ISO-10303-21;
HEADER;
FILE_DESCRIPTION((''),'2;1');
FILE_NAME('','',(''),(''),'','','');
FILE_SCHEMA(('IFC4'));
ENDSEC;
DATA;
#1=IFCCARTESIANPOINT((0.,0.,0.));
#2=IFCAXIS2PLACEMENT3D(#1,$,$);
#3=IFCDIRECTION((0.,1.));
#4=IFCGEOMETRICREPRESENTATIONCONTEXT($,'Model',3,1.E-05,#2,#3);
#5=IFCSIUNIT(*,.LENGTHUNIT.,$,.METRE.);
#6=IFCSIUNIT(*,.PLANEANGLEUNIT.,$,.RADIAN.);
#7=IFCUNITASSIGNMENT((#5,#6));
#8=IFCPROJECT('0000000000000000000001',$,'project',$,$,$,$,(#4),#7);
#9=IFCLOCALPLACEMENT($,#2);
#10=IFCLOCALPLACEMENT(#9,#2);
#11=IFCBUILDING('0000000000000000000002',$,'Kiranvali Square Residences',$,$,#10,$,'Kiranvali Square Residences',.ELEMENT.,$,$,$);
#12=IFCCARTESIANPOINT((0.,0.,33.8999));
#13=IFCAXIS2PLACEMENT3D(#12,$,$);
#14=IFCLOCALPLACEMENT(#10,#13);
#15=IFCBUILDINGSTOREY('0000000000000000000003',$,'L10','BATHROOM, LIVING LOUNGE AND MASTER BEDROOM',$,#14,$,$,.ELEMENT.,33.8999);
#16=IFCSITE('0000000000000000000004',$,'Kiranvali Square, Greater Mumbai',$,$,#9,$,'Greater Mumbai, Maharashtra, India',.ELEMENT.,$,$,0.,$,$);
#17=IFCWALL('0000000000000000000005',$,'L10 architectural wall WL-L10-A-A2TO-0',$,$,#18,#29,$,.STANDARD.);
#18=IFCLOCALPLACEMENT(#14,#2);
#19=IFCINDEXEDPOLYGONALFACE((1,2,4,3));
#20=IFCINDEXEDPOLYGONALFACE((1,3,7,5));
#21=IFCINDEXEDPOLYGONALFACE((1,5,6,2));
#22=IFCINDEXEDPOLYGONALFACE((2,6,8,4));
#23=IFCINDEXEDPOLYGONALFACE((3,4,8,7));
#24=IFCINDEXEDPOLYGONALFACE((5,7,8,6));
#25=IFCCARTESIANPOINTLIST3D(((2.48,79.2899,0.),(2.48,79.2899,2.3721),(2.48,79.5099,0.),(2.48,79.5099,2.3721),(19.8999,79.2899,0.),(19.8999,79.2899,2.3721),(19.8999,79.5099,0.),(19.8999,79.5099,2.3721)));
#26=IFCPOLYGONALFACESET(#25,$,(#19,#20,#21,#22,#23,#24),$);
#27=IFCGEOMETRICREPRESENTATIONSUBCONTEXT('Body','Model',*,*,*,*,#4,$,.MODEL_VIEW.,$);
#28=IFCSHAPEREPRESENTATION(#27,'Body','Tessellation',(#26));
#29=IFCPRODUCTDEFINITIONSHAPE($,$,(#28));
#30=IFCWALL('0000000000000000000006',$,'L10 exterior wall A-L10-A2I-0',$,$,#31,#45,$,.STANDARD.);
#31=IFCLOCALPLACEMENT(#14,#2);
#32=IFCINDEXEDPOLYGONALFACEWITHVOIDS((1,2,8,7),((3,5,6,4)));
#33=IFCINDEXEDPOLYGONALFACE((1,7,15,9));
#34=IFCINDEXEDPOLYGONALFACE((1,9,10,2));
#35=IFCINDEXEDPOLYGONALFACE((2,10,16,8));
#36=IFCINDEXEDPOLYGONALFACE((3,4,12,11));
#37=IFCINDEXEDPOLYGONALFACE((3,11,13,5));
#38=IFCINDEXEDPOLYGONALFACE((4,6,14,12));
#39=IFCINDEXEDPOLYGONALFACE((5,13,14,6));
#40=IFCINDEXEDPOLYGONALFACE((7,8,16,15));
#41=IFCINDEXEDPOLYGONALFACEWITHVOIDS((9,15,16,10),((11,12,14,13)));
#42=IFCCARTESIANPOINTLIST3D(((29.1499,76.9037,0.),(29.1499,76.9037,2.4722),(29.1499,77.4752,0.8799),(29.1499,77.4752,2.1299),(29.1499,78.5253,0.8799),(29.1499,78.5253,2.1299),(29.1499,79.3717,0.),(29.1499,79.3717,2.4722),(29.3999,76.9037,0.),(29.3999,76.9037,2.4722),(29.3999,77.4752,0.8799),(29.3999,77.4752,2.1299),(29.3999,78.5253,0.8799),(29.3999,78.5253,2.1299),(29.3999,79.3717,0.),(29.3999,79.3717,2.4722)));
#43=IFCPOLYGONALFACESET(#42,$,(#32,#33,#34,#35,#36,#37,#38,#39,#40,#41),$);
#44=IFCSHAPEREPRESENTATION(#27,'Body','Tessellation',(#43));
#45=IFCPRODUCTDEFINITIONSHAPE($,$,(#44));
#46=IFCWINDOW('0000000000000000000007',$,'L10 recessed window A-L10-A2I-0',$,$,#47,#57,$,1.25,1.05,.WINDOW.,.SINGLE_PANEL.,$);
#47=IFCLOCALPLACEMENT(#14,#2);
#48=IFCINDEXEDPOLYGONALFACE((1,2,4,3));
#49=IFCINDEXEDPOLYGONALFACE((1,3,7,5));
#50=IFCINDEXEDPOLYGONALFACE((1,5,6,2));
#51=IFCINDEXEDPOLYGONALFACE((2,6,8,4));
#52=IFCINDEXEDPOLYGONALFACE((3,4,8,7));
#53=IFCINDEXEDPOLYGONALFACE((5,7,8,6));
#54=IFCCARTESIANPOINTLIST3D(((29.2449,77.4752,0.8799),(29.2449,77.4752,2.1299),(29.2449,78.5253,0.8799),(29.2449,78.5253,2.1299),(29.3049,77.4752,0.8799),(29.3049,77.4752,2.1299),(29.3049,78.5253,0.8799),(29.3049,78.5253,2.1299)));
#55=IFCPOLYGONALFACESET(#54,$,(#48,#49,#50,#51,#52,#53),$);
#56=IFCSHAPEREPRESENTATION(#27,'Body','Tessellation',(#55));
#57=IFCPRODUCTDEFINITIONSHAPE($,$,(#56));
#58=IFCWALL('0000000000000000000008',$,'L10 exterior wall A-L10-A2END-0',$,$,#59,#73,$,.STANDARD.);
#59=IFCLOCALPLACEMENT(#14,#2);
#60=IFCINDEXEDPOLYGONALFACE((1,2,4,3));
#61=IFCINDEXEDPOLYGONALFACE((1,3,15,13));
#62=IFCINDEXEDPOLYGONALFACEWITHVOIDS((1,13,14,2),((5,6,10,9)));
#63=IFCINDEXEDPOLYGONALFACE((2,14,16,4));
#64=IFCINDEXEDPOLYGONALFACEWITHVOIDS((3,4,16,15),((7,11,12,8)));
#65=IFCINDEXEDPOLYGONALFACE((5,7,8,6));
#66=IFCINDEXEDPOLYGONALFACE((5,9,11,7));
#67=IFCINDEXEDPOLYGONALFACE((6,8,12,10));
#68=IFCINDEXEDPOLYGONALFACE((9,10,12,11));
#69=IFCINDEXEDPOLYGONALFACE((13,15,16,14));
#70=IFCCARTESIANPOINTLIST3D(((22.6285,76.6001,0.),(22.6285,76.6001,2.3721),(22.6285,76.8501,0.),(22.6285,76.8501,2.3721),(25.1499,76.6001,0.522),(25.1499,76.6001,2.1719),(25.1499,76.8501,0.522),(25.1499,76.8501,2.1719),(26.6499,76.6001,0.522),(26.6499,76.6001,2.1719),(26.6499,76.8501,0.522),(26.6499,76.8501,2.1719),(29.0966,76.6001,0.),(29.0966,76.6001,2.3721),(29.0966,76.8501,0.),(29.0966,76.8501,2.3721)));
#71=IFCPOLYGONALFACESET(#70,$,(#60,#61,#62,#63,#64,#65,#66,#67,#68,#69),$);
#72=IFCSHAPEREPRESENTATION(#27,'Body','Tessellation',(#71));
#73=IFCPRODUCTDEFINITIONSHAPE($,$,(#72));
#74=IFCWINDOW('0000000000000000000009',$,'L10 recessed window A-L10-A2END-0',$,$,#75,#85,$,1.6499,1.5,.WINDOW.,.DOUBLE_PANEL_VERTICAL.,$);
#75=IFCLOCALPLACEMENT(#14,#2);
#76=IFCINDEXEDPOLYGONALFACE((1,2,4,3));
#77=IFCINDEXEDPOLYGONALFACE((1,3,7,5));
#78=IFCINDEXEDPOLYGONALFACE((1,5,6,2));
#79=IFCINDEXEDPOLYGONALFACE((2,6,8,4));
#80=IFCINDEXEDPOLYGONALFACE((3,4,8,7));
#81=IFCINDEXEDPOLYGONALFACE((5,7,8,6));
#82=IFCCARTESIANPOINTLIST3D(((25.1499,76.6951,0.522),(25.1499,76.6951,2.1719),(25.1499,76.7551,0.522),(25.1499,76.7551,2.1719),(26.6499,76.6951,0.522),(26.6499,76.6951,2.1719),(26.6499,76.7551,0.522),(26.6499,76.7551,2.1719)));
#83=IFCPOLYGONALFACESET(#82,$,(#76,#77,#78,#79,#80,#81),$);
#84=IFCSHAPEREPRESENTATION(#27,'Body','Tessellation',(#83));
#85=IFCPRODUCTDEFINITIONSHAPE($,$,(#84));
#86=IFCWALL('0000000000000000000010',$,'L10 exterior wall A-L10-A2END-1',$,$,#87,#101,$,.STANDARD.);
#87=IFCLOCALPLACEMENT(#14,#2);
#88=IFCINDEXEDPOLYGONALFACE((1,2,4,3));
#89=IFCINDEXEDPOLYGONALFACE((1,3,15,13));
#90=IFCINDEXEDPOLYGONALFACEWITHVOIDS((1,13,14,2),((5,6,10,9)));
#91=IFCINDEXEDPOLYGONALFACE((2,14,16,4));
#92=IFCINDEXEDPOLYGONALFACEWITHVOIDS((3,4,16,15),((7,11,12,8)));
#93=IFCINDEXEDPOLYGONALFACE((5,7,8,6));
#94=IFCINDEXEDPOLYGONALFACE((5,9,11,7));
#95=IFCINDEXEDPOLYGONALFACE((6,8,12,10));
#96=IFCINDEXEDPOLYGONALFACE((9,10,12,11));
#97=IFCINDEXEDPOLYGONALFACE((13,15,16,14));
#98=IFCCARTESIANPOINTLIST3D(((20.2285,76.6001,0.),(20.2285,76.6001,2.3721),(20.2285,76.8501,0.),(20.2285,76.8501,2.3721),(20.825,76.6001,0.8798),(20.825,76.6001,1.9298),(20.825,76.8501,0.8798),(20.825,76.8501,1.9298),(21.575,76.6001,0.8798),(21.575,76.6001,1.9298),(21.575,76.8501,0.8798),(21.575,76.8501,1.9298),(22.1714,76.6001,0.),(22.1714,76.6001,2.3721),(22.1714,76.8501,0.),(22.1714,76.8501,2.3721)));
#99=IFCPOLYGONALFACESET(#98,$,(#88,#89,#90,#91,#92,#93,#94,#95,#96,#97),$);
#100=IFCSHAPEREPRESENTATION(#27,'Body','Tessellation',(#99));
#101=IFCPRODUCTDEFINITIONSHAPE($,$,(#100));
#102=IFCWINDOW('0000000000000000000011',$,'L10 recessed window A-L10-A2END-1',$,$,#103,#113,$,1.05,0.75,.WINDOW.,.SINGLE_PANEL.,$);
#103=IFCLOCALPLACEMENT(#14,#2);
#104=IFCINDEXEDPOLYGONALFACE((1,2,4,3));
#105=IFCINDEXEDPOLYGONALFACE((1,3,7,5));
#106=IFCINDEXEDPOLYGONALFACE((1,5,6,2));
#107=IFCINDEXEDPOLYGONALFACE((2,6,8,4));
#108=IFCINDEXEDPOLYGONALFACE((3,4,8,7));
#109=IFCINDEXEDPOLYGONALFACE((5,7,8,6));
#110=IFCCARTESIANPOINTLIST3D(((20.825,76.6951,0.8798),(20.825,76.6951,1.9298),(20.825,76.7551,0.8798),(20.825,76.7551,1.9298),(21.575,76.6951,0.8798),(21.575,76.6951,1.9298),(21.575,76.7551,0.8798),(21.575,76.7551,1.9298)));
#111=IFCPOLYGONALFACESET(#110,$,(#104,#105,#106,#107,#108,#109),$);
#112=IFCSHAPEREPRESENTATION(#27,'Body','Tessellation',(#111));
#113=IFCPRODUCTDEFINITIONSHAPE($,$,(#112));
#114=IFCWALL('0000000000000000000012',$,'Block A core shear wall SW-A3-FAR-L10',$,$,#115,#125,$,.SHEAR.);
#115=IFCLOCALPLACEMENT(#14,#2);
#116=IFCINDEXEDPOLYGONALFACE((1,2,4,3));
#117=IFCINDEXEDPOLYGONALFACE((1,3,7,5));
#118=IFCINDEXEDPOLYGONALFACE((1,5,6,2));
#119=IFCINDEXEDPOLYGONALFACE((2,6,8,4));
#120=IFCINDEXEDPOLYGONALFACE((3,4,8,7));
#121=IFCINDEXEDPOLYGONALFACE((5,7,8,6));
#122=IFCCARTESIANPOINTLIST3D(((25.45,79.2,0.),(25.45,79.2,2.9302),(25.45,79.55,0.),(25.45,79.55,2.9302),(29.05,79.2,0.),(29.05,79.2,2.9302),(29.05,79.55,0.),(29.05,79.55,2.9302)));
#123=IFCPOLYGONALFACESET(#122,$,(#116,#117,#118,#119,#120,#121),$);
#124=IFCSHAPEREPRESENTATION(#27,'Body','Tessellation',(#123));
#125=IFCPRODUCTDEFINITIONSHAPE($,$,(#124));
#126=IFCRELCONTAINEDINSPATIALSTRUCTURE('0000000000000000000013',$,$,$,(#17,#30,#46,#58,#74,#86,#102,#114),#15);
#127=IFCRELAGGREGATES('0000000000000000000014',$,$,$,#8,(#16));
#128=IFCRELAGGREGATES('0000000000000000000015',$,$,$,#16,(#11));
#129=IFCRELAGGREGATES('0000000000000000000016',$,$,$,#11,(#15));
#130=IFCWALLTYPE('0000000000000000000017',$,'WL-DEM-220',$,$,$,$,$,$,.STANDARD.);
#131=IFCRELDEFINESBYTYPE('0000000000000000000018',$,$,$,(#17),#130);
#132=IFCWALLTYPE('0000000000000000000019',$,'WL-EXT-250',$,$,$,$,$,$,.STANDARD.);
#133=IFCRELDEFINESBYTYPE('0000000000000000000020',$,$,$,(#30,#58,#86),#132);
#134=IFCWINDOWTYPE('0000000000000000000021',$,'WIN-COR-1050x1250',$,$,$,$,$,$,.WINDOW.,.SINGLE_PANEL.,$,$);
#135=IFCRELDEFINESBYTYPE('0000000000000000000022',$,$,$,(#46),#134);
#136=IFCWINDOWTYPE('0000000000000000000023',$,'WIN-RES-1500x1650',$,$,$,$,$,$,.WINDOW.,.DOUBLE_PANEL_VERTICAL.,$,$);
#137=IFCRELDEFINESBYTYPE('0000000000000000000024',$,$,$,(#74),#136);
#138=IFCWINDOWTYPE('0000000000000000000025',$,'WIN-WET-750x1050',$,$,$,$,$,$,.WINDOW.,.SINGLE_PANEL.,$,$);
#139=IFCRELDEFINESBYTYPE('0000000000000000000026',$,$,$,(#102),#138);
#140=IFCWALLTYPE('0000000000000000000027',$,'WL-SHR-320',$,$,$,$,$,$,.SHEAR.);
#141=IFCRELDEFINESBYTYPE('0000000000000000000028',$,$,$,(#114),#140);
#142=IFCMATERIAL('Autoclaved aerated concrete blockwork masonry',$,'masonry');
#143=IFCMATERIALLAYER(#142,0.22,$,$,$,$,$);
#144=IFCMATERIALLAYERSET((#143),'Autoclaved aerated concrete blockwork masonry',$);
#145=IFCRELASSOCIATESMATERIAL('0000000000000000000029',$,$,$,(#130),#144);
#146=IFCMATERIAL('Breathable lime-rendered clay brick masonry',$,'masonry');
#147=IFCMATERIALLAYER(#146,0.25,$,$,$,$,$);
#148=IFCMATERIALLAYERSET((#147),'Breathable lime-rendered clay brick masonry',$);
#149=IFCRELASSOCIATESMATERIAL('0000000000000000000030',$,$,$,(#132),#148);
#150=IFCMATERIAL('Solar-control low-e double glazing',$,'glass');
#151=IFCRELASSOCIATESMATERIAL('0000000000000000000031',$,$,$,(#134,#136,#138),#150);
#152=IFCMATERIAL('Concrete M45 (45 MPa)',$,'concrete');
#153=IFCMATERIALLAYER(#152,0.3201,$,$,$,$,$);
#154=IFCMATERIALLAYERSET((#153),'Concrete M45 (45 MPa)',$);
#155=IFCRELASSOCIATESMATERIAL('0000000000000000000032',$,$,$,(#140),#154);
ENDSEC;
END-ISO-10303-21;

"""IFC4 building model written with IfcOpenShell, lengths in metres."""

from ifc_helpers import new_model, si_unit, direction, frame, frame_2d, origin, place, context, subcontext, project, spatial, rectangle, extrude, material, layer, layer_set, type_object, element, fill, save


model = new_model("IFC4")

# Units and contexts
model_context = context("Model", 3, precision=1e-05, world=origin(), true_north=direction((0.0, 1.0)))
body_context = subcontext(model_context, "Body", "Model", "MODEL_VIEW")
ifc_project = project(units=[si_unit("LENGTHUNIT", "METRE"), si_unit("PLANEANGLEUNIT", "RADIAN")], contexts=[model_context])

# Site, building, storey
site_placement = place(None, origin())
site = spatial("IfcSite", under=ifc_project, at=site_placement, Name="Kiranvali Square, Greater Mumbai", LongName="Greater Mumbai, Maharashtra, India", CompositionType="ELEMENT", RefElevation=0.0)
building_placement = place(site_placement, origin())
building = spatial("IfcBuilding", under=site, at=building_placement, Name="Kiranvali Square Residences", LongName="Kiranvali Square Residences", CompositionType="ELEMENT")
storey_placement = place(building_placement, frame((0.0, 0.0, 33.8999)))
storey = spatial("IfcBuildingStorey", under=building, at=storey_placement, Name="L10", Description="BATHROOM, LIVING LOUNGE AND MASTER BEDROOM", CompositionType="ELEMENT", Elevation=33.8999)

# Shared definitions
ifc_material_1 = material(Name="Concrete M45 (45 MPa)", Category="concrete")

# Shared definitions
ifc_material_2 = material(Name="Autoclaved aerated concrete blockwork masonry", Category="masonry")

# Wall
ifc_layer_1 = layer(ifc_material_2, 0.22)
ifc_layer_set_1 = layer_set([ifc_layer_1], Name="Autoclaved aerated concrete blockwork masonry")
wall_type_1 = type_object("IfcWallType", Name="WL-DEM-220", PredefinedType="STANDARD", material=ifc_layer_set_1)
wall_1_placement = place(storey_placement, frame((19.8999, 79.3999, 0.0), z_axis=(0.0, 0.0, 1.0), x_axis=(-1.0, 0.0, 0.0)))
element("IfcWall", 1, at=wall_1_placement, inside=storey, type_object=wall_type_1, Name="L10 architectural wall WL-L10-A-A2TO-0", PredefinedType="STANDARD", context=body_context, shape_type="SweptSolid", body=[
    extrude(rectangle(XDim=17.4199, YDim=0.22, at=frame_2d((8.71, 0.0))), origin(), (0.0, 0.0, 1.0), 2.3721),
])

# Walls, openings, windows
ifc_material_3 = material(Name="Breathable lime-rendered clay brick masonry", Category="masonry")
ifc_layer_2 = layer(ifc_material_3, 0.25)
ifc_layer_set_2 = layer_set([ifc_layer_2], Name="Breathable lime-rendered clay brick masonry")
wall_type_2 = type_object("IfcWallType", Name="WL-EXT-250", PredefinedType="STANDARD", material=ifc_layer_set_2)
wall_2_placement = place(storey_placement, frame((29.2749, 79.3716, 0.0), z_axis=(0.0, 0.0, 1.0), x_axis=(0.0, -1.0, 0.0)))
wall_2 = element("IfcWall", 2, at=wall_2_placement, inside=storey, type_object=wall_type_2, Name="L10 exterior wall A-L10-A2I-0", PredefinedType="STANDARD", context=body_context, shape_type="SweptSolid", body=[
    extrude(rectangle(XDim=2.468, YDim=0.25, at=frame_2d((1.2339, 0.0))), origin(), (0.0, 0.0, 1.0), 2.4722),
])
opening_1_placement = place(wall_2_placement, frame((0.8464, 0.0, 0.8799)))
opening_1 = element("IfcOpeningElement", 3, at=opening_1_placement, cuts=wall_2, PredefinedType="OPENING", context=body_context, shape_type="SweptSolid", body=[
    extrude(rectangle(XDim=1.05, YDim=1.25, at=frame_2d((0.5249, 0.625))), frame((0.0, 0.135, 0.0), z_axis=(0.0, -1.0, 0.0), x_axis=(1.0, 0.0, 0.0)), (0.0, 0.0, 1.0), 0.27),
])
ifc_material_4 = material(Name="Solar-control low-e double glazing", Category="glass")
window_type_1 = type_object("IfcWindowType", Name="WIN-COR-1050x1250", PartitioningType="SINGLE_PANEL", PredefinedType="WINDOW", material=ifc_material_4)
window_1_placement = place(opening_1_placement, origin())
window_1 = element("IfcWindow", 4, at=window_1_placement, inside=storey, type_object=window_type_1, Name="L10 recessed window A-L10-A2I-0", OverallHeight=1.25, OverallWidth=1.05, PartitioningType="SINGLE_PANEL", PredefinedType="WINDOW", context=body_context, shape_type="SweptSolid", body=[
    extrude(rectangle(XDim=1.05, YDim=1.25, at=frame_2d((0.5249, 0.625))), frame((0.0, 0.03, 0.0), z_axis=(0.0, -1.0, 0.0), x_axis=(1.0, 0.0, 0.0)), (0.0, 0.0, 1.0), 0.0601),
])
fill(opening_1, window_1)
wall_3_placement = place(storey_placement, frame((29.0964, 76.7251, 0.0), z_axis=(0.0, 0.0, 1.0), x_axis=(-1.0, 0.0, 0.0)))
wall_3 = element("IfcWall", 5, at=wall_3_placement, inside=storey, type_object=wall_type_2, Name="L10 exterior wall A-L10-A2END-0", PredefinedType="STANDARD", context=body_context, shape_type="SweptSolid", body=[
    extrude(rectangle(XDim=6.468, YDim=0.25, at=frame_2d((3.2339, 0.0))), origin(), (0.0, 0.0, 1.0), 2.3721),
])
opening_2_placement = place(wall_3_placement, frame((2.4465, 0.0, 0.522)))
opening_2 = element("IfcOpeningElement", 6, at=opening_2_placement, cuts=wall_3, PredefinedType="OPENING", context=body_context, shape_type="SweptSolid", body=[
    extrude(rectangle(XDim=1.5, YDim=1.6499, at=frame_2d((0.75, 0.825))), frame((0.0, 0.135, 0.0), z_axis=(0.0, -1.0, 0.0), x_axis=(1.0, 0.0, 0.0)), (0.0, 0.0, 1.0), 0.27),
])
window_type_2 = type_object("IfcWindowType", Name="WIN-RES-1500x1650", PartitioningType="DOUBLE_PANEL_VERTICAL", PredefinedType="WINDOW", material=ifc_material_4)
window_2_placement = place(opening_2_placement, origin())
window_2 = element("IfcWindow", 7, at=window_2_placement, inside=storey, type_object=window_type_2, Name="L10 recessed window A-L10-A2END-0", OverallHeight=1.6499, OverallWidth=1.5, PartitioningType="DOUBLE_PANEL_VERTICAL", PredefinedType="WINDOW", context=body_context, shape_type="SweptSolid", body=[
    extrude(rectangle(XDim=1.5, YDim=1.6499, at=frame_2d((0.75, 0.825))), frame((0.0, 0.03, 0.0), z_axis=(0.0, -1.0, 0.0), x_axis=(1.0, 0.0, 0.0)), (0.0, 0.0, 1.0), 0.0601),
])
fill(opening_2, window_2)
wall_4_placement = place(storey_placement, frame((22.1714, 76.7251, 0.0), z_axis=(0.0, 0.0, 1.0), x_axis=(-1.0, 0.0, 0.0)))
wall_4 = element("IfcWall", 8, at=wall_4_placement, inside=storey, type_object=wall_type_2, Name="L10 exterior wall A-L10-A2END-1", PredefinedType="STANDARD", context=body_context, shape_type="SweptSolid", body=[
    extrude(rectangle(XDim=1.9429, YDim=0.25, at=frame_2d((0.9714, 0.0))), origin(), (0.0, 0.0, 1.0), 2.3721),
])
opening_3_placement = place(wall_4_placement, frame((0.5964, 0.0, 0.8799)))
opening_3 = element("IfcOpeningElement", 9, at=opening_3_placement, cuts=wall_4, PredefinedType="OPENING", context=body_context, shape_type="SweptSolid", body=[
    extrude(rectangle(XDim=0.75, YDim=1.05, at=frame_2d((0.375, 0.5249))), frame((0.0, 0.135, 0.0), z_axis=(0.0, -1.0, 0.0), x_axis=(1.0, 0.0, 0.0)), (0.0, 0.0, 1.0), 0.27),
])
window_type_3 = type_object("IfcWindowType", Name="WIN-WET-750x1050", PartitioningType="SINGLE_PANEL", PredefinedType="WINDOW", material=ifc_material_4)
window_3_placement = place(opening_3_placement, origin())
window_3 = element("IfcWindow", 10, at=window_3_placement, inside=storey, type_object=window_type_3, Name="L10 recessed window A-L10-A2END-1", OverallHeight=1.05, OverallWidth=0.75, PartitioningType="SINGLE_PANEL", PredefinedType="WINDOW", context=body_context, shape_type="SweptSolid", body=[
    extrude(rectangle(XDim=0.75, YDim=1.05, at=frame_2d((0.375, 0.5249))), frame((0.0, 0.03, 0.0), z_axis=(0.0, -1.0, 0.0), x_axis=(1.0, 0.0, 0.0)), (0.0, 0.0, 1.0), 0.0601),
])
fill(opening_3, window_3)

# Wall
ifc_layer_3 = layer(ifc_material_1, 0.3201)
ifc_layer_set_3 = layer_set([ifc_layer_3], Name="Concrete M45 (45 MPa)")
wall_type_3 = type_object("IfcWallType", Name="WL-SHR-320", PredefinedType="SHEAR", material=ifc_layer_set_3)
wall_5_placement = place(storey_placement, frame((29.05, 79.375, 0.0), z_axis=(0.0, 0.0, 1.0), x_axis=(-1.0, 0.0, 0.0)))
element("IfcWall", 11, at=wall_5_placement, inside=storey, type_object=wall_type_3, Name="Block A core shear wall SW-A3-FAR-L10", PredefinedType="SHEAR", context=body_context, shape_type="SweptSolid", body=[
    extrude(rectangle(XDim=3.6001, YDim=0.3501, at=frame_2d((1.8, 0.0))), origin(), (0.0, 0.0, 1.0), 2.9302),
])

save(model, "model.ifc")
